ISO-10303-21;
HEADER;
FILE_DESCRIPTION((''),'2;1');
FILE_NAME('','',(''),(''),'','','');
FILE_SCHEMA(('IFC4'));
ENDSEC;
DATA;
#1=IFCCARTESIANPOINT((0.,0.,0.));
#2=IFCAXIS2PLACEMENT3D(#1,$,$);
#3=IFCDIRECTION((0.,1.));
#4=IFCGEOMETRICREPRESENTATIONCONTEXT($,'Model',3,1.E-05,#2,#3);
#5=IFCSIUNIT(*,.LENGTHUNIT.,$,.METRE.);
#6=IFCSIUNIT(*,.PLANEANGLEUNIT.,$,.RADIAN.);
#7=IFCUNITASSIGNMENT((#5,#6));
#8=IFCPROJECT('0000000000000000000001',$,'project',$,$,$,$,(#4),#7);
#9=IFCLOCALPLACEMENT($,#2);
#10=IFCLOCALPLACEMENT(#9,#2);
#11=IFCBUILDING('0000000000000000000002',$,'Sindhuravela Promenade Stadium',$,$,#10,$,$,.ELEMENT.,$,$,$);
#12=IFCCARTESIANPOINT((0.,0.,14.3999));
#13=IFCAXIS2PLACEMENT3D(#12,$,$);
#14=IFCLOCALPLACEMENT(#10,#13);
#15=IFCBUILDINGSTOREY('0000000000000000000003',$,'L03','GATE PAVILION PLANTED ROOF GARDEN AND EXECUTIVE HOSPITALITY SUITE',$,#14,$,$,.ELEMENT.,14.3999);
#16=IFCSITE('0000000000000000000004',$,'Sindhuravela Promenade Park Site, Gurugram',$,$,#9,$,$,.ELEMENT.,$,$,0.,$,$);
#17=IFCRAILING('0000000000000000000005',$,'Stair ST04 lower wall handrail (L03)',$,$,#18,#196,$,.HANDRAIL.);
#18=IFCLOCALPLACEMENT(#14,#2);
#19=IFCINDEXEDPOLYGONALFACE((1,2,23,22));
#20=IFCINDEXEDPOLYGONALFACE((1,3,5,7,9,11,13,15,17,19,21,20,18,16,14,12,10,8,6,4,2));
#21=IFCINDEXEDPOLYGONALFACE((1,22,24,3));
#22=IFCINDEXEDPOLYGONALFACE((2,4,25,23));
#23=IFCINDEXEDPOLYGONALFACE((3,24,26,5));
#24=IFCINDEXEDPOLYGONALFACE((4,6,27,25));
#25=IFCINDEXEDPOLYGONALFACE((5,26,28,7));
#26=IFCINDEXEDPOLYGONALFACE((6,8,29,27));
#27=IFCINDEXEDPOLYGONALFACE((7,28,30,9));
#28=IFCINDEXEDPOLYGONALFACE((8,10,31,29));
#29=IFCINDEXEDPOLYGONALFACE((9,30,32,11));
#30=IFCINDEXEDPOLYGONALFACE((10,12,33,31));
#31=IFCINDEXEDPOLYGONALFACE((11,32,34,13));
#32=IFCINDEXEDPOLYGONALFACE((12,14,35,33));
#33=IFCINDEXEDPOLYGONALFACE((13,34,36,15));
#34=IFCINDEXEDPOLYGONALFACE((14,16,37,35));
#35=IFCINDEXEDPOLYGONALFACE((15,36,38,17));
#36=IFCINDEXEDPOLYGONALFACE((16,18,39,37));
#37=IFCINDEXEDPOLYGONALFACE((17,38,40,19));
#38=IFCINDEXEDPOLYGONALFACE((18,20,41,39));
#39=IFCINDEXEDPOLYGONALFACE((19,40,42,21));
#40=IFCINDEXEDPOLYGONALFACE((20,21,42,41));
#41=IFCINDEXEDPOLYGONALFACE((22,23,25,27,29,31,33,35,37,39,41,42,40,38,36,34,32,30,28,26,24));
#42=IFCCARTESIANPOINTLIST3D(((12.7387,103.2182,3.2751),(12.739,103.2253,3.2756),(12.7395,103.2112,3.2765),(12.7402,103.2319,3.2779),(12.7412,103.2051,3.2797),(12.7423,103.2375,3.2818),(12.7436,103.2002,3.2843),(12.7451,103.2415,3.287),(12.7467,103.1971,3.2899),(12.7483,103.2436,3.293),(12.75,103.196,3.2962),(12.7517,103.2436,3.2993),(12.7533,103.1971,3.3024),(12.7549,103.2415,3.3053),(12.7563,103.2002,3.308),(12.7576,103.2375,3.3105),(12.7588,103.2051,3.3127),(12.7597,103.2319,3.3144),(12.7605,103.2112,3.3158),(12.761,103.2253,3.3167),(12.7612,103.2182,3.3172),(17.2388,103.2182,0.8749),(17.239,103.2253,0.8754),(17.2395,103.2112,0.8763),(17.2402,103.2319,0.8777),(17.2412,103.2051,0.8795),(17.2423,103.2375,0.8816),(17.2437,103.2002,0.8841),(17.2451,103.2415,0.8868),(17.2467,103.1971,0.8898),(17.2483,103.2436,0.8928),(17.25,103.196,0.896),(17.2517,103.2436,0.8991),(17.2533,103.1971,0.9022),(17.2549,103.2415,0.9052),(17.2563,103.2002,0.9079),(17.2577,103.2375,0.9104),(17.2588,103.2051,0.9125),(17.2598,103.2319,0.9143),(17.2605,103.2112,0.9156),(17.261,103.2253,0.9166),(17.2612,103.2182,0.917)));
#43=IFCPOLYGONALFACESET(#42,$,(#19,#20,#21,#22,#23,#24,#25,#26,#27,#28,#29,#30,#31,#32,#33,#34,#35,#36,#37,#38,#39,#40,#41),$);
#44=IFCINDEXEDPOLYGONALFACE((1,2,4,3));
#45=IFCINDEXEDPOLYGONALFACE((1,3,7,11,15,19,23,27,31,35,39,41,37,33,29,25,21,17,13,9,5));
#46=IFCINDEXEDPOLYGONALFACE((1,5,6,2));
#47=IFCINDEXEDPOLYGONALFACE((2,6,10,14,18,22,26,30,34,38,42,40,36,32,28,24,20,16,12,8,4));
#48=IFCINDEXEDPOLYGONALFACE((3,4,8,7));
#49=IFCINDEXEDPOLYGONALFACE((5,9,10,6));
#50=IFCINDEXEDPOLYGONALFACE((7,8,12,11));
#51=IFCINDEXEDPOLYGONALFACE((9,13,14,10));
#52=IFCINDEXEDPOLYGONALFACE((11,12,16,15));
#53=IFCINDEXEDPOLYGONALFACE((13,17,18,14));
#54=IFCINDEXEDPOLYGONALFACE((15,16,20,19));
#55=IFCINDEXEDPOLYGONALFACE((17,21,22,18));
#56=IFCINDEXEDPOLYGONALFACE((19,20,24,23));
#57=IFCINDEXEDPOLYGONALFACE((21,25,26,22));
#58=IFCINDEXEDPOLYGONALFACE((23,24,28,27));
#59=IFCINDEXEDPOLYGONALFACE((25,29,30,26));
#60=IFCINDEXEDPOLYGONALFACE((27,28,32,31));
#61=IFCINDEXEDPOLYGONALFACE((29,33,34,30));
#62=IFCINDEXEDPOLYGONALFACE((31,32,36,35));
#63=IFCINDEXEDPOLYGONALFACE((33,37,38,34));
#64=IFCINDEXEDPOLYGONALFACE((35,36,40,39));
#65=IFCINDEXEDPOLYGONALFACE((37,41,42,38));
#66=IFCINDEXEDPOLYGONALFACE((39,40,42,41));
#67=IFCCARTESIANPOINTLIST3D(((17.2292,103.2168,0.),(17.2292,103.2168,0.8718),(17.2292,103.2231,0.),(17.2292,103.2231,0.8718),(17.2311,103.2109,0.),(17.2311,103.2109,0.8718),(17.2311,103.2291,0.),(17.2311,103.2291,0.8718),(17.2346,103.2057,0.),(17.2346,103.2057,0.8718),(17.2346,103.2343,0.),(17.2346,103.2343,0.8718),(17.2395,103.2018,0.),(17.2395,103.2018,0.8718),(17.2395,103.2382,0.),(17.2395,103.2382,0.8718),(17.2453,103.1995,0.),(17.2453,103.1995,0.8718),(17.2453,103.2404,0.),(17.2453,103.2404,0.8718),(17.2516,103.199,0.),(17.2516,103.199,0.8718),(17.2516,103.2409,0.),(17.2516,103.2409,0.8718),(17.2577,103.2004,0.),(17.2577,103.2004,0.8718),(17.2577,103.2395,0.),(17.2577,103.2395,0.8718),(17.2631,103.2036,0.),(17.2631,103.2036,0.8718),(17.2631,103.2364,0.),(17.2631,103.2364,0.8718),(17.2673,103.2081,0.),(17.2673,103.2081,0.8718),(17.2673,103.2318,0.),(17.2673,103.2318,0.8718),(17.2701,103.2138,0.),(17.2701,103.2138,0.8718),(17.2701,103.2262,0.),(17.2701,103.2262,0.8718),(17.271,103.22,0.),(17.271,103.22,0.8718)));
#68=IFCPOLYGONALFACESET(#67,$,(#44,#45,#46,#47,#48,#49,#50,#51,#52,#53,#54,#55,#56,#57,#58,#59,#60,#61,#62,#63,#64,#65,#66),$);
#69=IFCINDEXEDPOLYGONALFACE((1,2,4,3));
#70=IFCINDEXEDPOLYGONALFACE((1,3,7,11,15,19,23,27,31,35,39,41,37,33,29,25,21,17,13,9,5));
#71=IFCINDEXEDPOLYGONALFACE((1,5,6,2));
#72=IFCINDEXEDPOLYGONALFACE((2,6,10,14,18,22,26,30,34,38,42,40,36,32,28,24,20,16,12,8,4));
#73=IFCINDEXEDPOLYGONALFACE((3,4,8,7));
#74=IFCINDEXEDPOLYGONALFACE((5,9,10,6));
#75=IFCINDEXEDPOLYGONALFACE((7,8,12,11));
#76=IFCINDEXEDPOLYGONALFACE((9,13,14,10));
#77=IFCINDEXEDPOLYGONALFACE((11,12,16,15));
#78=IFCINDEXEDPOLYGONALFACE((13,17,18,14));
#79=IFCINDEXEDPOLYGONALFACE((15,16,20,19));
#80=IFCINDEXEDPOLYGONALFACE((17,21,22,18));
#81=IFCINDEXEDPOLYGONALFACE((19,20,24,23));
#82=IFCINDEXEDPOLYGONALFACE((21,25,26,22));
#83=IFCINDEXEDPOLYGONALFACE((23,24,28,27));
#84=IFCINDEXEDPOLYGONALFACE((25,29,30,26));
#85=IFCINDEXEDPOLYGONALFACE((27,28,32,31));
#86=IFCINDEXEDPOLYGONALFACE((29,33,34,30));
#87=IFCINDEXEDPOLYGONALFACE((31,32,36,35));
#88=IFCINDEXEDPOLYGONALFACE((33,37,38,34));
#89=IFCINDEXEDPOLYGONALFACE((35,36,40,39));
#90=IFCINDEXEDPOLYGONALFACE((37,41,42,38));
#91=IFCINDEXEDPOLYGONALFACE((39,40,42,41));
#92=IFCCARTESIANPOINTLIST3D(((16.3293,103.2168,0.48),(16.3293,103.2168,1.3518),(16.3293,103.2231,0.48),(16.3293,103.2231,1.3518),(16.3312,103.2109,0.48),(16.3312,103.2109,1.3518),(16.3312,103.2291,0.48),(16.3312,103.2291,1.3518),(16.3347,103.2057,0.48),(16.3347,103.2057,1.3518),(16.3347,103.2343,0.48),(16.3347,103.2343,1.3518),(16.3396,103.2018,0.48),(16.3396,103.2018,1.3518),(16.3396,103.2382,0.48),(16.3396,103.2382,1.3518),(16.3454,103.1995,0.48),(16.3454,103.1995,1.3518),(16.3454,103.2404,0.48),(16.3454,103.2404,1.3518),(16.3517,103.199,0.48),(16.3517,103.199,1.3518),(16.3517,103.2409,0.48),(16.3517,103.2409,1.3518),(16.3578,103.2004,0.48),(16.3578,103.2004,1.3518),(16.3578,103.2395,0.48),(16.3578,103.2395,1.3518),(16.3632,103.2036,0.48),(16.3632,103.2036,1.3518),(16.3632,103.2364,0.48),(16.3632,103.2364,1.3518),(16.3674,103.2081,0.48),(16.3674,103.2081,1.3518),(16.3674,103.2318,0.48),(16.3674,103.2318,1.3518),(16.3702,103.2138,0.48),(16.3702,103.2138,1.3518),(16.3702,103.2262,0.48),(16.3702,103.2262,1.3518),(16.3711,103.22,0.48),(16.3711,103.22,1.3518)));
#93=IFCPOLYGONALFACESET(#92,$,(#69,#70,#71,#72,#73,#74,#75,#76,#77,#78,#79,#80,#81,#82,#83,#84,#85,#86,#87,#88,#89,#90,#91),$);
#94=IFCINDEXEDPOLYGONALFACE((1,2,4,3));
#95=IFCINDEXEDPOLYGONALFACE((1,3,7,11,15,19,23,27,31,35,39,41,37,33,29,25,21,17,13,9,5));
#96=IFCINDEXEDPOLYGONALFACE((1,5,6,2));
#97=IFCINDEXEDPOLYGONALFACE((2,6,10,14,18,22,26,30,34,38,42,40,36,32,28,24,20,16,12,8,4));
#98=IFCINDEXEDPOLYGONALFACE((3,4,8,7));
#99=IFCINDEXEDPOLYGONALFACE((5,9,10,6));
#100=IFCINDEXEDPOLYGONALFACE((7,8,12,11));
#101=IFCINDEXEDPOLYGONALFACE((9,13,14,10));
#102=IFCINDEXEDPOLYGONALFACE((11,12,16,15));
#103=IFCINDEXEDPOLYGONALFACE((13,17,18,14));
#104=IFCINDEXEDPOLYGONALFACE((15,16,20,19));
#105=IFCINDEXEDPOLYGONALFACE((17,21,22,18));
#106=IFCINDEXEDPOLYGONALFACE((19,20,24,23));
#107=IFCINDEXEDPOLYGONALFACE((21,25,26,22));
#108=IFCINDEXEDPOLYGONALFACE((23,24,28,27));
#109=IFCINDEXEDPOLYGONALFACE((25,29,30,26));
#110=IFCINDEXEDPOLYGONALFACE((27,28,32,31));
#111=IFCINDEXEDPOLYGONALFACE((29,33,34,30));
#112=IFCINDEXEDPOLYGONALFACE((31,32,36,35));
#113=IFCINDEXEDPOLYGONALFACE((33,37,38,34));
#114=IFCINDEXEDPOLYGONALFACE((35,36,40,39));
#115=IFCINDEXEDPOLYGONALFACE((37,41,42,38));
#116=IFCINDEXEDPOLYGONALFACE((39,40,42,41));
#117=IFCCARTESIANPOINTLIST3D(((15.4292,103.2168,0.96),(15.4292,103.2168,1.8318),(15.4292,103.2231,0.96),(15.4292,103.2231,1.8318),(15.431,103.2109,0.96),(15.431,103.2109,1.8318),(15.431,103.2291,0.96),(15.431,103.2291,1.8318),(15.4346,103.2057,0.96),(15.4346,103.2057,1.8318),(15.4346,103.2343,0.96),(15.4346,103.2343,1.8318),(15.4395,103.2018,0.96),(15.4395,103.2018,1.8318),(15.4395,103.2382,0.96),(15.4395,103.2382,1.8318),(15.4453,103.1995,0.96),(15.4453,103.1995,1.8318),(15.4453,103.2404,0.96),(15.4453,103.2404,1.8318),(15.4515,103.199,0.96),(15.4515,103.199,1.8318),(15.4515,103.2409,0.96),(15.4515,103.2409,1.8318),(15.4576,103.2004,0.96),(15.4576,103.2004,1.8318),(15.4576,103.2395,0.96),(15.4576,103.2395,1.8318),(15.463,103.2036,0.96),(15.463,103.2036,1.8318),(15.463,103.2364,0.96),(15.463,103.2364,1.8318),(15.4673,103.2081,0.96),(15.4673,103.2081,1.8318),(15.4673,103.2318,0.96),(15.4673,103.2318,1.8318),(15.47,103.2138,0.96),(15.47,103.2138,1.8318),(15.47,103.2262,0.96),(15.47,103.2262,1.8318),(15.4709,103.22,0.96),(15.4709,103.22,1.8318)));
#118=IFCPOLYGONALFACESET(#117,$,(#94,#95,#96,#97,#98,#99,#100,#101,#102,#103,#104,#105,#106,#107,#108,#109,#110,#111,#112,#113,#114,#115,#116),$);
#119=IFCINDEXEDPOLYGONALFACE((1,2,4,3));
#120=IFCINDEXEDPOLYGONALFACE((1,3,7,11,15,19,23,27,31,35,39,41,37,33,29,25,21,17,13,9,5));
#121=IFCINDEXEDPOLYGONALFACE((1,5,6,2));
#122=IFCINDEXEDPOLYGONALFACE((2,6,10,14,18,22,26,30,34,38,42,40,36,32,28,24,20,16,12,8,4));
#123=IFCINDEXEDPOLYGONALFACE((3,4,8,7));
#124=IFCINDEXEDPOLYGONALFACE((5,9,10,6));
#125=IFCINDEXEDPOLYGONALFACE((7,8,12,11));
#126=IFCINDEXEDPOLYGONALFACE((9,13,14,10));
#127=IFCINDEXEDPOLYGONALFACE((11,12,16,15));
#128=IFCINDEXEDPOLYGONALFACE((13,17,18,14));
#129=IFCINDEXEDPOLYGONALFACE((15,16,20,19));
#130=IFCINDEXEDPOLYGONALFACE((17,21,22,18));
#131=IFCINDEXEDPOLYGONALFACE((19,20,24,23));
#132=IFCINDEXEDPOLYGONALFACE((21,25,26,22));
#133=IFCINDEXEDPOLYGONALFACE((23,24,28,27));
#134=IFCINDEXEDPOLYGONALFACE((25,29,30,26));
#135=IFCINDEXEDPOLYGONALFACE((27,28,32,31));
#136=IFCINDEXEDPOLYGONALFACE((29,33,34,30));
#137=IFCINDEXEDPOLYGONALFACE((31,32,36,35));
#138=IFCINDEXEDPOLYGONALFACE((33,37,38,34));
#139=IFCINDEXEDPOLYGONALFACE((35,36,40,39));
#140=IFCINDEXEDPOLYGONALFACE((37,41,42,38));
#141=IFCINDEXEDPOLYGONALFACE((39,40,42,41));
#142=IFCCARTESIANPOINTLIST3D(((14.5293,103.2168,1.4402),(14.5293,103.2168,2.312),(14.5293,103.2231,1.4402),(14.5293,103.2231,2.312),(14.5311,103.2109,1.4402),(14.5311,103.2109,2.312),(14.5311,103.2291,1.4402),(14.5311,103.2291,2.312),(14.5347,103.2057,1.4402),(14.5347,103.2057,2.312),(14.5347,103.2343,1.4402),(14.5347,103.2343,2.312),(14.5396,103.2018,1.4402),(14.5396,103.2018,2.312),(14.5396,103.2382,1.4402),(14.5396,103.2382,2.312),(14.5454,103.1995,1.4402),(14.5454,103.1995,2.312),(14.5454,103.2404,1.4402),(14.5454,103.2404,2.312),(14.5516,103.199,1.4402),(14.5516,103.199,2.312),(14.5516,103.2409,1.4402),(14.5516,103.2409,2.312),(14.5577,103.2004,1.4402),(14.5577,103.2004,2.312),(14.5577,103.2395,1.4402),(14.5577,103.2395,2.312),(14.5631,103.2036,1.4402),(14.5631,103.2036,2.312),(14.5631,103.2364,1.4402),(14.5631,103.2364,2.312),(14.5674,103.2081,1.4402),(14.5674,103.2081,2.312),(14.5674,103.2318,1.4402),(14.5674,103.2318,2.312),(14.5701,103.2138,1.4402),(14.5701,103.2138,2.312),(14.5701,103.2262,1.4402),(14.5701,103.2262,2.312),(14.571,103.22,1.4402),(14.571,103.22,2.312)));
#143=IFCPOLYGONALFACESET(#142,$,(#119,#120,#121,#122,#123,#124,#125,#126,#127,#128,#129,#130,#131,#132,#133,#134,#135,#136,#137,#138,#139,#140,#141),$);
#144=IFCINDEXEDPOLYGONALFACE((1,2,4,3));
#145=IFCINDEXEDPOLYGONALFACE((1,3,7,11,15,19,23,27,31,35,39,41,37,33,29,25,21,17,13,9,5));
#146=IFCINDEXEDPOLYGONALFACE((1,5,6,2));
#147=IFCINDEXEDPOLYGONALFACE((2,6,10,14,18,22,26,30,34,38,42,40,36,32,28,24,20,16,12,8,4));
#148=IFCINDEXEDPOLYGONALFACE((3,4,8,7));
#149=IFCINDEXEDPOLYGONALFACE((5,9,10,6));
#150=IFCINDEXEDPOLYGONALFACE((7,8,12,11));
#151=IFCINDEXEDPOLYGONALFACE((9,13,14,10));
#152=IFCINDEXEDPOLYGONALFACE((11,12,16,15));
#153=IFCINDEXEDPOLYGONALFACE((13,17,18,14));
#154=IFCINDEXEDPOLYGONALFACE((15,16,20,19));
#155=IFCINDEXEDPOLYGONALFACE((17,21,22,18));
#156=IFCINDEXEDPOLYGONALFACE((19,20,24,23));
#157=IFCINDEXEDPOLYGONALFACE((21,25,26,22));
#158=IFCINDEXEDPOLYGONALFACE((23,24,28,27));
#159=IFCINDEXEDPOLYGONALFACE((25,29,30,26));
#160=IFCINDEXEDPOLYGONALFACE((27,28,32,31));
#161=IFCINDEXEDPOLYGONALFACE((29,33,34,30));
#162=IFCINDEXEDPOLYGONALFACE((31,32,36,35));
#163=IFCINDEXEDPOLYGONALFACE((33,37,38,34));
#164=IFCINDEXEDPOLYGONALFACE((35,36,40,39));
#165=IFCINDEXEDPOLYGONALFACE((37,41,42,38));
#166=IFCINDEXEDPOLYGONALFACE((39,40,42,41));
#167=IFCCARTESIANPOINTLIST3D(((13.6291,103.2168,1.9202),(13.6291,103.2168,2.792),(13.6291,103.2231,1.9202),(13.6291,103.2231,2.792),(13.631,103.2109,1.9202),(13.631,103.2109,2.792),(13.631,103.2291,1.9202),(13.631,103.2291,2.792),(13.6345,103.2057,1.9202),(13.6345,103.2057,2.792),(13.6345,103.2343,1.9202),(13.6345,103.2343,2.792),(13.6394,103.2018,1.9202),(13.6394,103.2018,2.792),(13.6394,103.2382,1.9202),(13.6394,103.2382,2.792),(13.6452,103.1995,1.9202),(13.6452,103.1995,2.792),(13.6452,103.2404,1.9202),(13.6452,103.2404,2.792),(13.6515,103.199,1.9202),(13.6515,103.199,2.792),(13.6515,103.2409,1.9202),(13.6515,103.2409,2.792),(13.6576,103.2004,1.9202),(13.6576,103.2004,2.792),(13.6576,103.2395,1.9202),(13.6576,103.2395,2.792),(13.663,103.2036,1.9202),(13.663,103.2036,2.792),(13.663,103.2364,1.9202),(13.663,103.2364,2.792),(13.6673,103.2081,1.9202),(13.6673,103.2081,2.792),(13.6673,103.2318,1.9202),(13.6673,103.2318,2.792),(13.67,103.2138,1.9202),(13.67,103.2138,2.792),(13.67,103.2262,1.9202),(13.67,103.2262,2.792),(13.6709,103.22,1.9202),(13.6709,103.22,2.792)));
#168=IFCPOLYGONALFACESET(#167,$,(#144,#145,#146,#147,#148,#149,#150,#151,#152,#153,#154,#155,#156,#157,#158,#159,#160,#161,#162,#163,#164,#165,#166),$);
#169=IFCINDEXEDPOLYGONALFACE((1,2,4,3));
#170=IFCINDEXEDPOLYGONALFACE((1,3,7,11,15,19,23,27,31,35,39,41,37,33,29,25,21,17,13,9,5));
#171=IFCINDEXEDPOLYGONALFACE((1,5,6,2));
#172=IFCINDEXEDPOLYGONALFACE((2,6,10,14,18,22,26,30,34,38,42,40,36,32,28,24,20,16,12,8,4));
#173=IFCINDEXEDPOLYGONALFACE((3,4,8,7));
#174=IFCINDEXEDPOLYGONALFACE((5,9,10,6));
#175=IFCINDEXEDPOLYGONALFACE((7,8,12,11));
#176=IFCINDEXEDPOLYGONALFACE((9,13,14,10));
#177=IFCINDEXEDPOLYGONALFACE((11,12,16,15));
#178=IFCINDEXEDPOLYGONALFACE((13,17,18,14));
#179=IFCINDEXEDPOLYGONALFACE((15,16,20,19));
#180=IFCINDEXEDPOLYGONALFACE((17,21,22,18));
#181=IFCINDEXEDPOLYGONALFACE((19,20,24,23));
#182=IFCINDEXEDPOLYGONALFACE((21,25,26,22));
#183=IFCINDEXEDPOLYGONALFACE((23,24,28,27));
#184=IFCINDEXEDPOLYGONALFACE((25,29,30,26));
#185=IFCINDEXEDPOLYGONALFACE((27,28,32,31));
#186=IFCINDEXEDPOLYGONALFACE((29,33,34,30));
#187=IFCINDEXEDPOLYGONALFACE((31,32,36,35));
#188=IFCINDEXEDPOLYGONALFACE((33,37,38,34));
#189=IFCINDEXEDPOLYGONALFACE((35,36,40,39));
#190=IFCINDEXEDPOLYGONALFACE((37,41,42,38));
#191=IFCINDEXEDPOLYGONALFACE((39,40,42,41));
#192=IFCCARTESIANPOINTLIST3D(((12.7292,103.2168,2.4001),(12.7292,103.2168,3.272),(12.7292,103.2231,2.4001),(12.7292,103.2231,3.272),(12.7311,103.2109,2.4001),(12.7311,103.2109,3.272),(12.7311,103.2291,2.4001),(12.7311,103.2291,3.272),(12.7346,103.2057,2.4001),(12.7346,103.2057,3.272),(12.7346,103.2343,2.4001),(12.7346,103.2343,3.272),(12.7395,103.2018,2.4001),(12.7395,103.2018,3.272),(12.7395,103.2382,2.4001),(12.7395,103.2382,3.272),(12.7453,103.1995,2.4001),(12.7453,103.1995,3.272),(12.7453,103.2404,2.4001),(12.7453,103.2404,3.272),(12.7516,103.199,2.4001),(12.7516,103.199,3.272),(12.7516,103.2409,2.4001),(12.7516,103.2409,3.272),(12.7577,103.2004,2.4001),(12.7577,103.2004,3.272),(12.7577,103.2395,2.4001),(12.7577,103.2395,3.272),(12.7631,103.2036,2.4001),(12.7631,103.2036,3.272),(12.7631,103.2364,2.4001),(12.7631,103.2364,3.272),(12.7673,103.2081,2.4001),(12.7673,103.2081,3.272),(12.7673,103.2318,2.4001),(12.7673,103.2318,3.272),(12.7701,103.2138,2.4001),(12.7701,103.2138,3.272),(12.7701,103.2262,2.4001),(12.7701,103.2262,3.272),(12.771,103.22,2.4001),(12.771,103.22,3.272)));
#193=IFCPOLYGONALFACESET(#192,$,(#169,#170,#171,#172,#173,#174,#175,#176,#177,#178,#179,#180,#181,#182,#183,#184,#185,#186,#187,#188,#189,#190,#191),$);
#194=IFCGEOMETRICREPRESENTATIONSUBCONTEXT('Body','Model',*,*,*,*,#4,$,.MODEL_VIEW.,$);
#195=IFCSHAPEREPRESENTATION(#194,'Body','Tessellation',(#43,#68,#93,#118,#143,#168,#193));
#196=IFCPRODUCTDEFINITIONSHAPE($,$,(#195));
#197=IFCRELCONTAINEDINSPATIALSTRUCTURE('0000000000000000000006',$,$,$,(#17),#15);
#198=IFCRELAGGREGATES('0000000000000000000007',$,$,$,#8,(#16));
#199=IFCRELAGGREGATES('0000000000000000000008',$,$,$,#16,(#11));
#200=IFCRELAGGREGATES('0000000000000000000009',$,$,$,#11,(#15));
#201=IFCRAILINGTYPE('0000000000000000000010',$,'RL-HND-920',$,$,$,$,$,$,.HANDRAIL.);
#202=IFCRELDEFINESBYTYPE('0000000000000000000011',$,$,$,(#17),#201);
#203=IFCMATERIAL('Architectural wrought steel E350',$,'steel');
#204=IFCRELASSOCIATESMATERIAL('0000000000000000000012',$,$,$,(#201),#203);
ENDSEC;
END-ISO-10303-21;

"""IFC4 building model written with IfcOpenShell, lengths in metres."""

from ifc_helpers import new_model, si_unit, direction, frame, origin, origin_2d, place, context, subcontext, project, spatial, circle, extrude, material, type_object, element, save


model = new_model("IFC4")

# Units and contexts
model_context = context("Model", 3, precision=1e-05, world=origin(), true_north=direction((0.0, 1.0)))
body_context = subcontext(model_context, "Body", "Model", "MODEL_VIEW")
ifc_project = project(units=[si_unit("LENGTHUNIT", "METRE"), si_unit("PLANEANGLEUNIT", "RADIAN")], contexts=[model_context])

# Site, building, storey
site_placement = place(None, origin())
site = spatial("IfcSite", under=ifc_project, at=site_placement, Name="Sindhuravela Promenade Park Site, Gurugram", CompositionType="ELEMENT", RefElevation=0.0)
building_placement = place(site_placement, origin())
building = spatial("IfcBuilding", under=site, at=building_placement, Name="Sindhuravela Promenade Stadium", CompositionType="ELEMENT")
storey_placement = place(building_placement, frame((0.0, 0.0, 14.3999)))
storey = spatial("IfcBuildingStorey", under=building, at=storey_placement, Name="L03", Description="GATE PAVILION PLANTED ROOF GARDEN AND EXECUTIVE HOSPITALITY SUITE", CompositionType="ELEMENT", Elevation=14.3999)

# Shared definitions
ifc_material_1 = material(Name="Architectural wrought steel E350", Category="steel")

# Railing
railing_type_1 = type_object("IfcRailingType", Name="RL-HND-920", PredefinedType="HANDRAIL", material=ifc_material_1)
railing_1_placement = place(storey_placement, frame((17.25, 103.22, 0.0)))
element("IfcRailing", 1, at=railing_1_placement, inside=storey, type_object=railing_type_1, Name="Stair ST04 lower wall handrail (L03)", PredefinedType="HANDRAIL", context=body_context, shape_type="SweptSolid", body=[
    extrude(circle(Radius=0.0239, at=origin_2d()), frame((0.0, 0.0, 0.896), z_axis=(-0.882341, 0.0, 0.470611), x_axis=(0.0, -1.0, 0.0)), (0.0, 0.0, 1.0), 5.1001),
    extrude(circle(Radius=0.021, at=origin_2d()), origin(), (0.0, 0.0, 1.0), 0.8718),
    extrude(circle(Radius=0.021, at=origin_2d()), frame((-0.8999, 0.0, 0.48)), (0.0, 0.0, 1.0), 0.8718),
    extrude(circle(Radius=0.021, at=origin_2d()), frame((-1.8, 0.0, 0.96)), (0.0, 0.0, 1.0), 0.8718),
    extrude(circle(Radius=0.021, at=origin_2d()), frame((-2.7, 0.0, 1.4402)), (0.0, 0.0, 1.0), 0.8718),
    extrude(circle(Radius=0.021, at=origin_2d()), frame((-3.6001, 0.0, 1.9202)), (0.0, 0.0, 1.0), 0.8718),
    extrude(circle(Radius=0.021, at=origin_2d()), frame((-4.5, 0.0, 2.4001)), (0.0, 0.0, 1.0), 0.8718),
])

save(model, "model.ifc")
